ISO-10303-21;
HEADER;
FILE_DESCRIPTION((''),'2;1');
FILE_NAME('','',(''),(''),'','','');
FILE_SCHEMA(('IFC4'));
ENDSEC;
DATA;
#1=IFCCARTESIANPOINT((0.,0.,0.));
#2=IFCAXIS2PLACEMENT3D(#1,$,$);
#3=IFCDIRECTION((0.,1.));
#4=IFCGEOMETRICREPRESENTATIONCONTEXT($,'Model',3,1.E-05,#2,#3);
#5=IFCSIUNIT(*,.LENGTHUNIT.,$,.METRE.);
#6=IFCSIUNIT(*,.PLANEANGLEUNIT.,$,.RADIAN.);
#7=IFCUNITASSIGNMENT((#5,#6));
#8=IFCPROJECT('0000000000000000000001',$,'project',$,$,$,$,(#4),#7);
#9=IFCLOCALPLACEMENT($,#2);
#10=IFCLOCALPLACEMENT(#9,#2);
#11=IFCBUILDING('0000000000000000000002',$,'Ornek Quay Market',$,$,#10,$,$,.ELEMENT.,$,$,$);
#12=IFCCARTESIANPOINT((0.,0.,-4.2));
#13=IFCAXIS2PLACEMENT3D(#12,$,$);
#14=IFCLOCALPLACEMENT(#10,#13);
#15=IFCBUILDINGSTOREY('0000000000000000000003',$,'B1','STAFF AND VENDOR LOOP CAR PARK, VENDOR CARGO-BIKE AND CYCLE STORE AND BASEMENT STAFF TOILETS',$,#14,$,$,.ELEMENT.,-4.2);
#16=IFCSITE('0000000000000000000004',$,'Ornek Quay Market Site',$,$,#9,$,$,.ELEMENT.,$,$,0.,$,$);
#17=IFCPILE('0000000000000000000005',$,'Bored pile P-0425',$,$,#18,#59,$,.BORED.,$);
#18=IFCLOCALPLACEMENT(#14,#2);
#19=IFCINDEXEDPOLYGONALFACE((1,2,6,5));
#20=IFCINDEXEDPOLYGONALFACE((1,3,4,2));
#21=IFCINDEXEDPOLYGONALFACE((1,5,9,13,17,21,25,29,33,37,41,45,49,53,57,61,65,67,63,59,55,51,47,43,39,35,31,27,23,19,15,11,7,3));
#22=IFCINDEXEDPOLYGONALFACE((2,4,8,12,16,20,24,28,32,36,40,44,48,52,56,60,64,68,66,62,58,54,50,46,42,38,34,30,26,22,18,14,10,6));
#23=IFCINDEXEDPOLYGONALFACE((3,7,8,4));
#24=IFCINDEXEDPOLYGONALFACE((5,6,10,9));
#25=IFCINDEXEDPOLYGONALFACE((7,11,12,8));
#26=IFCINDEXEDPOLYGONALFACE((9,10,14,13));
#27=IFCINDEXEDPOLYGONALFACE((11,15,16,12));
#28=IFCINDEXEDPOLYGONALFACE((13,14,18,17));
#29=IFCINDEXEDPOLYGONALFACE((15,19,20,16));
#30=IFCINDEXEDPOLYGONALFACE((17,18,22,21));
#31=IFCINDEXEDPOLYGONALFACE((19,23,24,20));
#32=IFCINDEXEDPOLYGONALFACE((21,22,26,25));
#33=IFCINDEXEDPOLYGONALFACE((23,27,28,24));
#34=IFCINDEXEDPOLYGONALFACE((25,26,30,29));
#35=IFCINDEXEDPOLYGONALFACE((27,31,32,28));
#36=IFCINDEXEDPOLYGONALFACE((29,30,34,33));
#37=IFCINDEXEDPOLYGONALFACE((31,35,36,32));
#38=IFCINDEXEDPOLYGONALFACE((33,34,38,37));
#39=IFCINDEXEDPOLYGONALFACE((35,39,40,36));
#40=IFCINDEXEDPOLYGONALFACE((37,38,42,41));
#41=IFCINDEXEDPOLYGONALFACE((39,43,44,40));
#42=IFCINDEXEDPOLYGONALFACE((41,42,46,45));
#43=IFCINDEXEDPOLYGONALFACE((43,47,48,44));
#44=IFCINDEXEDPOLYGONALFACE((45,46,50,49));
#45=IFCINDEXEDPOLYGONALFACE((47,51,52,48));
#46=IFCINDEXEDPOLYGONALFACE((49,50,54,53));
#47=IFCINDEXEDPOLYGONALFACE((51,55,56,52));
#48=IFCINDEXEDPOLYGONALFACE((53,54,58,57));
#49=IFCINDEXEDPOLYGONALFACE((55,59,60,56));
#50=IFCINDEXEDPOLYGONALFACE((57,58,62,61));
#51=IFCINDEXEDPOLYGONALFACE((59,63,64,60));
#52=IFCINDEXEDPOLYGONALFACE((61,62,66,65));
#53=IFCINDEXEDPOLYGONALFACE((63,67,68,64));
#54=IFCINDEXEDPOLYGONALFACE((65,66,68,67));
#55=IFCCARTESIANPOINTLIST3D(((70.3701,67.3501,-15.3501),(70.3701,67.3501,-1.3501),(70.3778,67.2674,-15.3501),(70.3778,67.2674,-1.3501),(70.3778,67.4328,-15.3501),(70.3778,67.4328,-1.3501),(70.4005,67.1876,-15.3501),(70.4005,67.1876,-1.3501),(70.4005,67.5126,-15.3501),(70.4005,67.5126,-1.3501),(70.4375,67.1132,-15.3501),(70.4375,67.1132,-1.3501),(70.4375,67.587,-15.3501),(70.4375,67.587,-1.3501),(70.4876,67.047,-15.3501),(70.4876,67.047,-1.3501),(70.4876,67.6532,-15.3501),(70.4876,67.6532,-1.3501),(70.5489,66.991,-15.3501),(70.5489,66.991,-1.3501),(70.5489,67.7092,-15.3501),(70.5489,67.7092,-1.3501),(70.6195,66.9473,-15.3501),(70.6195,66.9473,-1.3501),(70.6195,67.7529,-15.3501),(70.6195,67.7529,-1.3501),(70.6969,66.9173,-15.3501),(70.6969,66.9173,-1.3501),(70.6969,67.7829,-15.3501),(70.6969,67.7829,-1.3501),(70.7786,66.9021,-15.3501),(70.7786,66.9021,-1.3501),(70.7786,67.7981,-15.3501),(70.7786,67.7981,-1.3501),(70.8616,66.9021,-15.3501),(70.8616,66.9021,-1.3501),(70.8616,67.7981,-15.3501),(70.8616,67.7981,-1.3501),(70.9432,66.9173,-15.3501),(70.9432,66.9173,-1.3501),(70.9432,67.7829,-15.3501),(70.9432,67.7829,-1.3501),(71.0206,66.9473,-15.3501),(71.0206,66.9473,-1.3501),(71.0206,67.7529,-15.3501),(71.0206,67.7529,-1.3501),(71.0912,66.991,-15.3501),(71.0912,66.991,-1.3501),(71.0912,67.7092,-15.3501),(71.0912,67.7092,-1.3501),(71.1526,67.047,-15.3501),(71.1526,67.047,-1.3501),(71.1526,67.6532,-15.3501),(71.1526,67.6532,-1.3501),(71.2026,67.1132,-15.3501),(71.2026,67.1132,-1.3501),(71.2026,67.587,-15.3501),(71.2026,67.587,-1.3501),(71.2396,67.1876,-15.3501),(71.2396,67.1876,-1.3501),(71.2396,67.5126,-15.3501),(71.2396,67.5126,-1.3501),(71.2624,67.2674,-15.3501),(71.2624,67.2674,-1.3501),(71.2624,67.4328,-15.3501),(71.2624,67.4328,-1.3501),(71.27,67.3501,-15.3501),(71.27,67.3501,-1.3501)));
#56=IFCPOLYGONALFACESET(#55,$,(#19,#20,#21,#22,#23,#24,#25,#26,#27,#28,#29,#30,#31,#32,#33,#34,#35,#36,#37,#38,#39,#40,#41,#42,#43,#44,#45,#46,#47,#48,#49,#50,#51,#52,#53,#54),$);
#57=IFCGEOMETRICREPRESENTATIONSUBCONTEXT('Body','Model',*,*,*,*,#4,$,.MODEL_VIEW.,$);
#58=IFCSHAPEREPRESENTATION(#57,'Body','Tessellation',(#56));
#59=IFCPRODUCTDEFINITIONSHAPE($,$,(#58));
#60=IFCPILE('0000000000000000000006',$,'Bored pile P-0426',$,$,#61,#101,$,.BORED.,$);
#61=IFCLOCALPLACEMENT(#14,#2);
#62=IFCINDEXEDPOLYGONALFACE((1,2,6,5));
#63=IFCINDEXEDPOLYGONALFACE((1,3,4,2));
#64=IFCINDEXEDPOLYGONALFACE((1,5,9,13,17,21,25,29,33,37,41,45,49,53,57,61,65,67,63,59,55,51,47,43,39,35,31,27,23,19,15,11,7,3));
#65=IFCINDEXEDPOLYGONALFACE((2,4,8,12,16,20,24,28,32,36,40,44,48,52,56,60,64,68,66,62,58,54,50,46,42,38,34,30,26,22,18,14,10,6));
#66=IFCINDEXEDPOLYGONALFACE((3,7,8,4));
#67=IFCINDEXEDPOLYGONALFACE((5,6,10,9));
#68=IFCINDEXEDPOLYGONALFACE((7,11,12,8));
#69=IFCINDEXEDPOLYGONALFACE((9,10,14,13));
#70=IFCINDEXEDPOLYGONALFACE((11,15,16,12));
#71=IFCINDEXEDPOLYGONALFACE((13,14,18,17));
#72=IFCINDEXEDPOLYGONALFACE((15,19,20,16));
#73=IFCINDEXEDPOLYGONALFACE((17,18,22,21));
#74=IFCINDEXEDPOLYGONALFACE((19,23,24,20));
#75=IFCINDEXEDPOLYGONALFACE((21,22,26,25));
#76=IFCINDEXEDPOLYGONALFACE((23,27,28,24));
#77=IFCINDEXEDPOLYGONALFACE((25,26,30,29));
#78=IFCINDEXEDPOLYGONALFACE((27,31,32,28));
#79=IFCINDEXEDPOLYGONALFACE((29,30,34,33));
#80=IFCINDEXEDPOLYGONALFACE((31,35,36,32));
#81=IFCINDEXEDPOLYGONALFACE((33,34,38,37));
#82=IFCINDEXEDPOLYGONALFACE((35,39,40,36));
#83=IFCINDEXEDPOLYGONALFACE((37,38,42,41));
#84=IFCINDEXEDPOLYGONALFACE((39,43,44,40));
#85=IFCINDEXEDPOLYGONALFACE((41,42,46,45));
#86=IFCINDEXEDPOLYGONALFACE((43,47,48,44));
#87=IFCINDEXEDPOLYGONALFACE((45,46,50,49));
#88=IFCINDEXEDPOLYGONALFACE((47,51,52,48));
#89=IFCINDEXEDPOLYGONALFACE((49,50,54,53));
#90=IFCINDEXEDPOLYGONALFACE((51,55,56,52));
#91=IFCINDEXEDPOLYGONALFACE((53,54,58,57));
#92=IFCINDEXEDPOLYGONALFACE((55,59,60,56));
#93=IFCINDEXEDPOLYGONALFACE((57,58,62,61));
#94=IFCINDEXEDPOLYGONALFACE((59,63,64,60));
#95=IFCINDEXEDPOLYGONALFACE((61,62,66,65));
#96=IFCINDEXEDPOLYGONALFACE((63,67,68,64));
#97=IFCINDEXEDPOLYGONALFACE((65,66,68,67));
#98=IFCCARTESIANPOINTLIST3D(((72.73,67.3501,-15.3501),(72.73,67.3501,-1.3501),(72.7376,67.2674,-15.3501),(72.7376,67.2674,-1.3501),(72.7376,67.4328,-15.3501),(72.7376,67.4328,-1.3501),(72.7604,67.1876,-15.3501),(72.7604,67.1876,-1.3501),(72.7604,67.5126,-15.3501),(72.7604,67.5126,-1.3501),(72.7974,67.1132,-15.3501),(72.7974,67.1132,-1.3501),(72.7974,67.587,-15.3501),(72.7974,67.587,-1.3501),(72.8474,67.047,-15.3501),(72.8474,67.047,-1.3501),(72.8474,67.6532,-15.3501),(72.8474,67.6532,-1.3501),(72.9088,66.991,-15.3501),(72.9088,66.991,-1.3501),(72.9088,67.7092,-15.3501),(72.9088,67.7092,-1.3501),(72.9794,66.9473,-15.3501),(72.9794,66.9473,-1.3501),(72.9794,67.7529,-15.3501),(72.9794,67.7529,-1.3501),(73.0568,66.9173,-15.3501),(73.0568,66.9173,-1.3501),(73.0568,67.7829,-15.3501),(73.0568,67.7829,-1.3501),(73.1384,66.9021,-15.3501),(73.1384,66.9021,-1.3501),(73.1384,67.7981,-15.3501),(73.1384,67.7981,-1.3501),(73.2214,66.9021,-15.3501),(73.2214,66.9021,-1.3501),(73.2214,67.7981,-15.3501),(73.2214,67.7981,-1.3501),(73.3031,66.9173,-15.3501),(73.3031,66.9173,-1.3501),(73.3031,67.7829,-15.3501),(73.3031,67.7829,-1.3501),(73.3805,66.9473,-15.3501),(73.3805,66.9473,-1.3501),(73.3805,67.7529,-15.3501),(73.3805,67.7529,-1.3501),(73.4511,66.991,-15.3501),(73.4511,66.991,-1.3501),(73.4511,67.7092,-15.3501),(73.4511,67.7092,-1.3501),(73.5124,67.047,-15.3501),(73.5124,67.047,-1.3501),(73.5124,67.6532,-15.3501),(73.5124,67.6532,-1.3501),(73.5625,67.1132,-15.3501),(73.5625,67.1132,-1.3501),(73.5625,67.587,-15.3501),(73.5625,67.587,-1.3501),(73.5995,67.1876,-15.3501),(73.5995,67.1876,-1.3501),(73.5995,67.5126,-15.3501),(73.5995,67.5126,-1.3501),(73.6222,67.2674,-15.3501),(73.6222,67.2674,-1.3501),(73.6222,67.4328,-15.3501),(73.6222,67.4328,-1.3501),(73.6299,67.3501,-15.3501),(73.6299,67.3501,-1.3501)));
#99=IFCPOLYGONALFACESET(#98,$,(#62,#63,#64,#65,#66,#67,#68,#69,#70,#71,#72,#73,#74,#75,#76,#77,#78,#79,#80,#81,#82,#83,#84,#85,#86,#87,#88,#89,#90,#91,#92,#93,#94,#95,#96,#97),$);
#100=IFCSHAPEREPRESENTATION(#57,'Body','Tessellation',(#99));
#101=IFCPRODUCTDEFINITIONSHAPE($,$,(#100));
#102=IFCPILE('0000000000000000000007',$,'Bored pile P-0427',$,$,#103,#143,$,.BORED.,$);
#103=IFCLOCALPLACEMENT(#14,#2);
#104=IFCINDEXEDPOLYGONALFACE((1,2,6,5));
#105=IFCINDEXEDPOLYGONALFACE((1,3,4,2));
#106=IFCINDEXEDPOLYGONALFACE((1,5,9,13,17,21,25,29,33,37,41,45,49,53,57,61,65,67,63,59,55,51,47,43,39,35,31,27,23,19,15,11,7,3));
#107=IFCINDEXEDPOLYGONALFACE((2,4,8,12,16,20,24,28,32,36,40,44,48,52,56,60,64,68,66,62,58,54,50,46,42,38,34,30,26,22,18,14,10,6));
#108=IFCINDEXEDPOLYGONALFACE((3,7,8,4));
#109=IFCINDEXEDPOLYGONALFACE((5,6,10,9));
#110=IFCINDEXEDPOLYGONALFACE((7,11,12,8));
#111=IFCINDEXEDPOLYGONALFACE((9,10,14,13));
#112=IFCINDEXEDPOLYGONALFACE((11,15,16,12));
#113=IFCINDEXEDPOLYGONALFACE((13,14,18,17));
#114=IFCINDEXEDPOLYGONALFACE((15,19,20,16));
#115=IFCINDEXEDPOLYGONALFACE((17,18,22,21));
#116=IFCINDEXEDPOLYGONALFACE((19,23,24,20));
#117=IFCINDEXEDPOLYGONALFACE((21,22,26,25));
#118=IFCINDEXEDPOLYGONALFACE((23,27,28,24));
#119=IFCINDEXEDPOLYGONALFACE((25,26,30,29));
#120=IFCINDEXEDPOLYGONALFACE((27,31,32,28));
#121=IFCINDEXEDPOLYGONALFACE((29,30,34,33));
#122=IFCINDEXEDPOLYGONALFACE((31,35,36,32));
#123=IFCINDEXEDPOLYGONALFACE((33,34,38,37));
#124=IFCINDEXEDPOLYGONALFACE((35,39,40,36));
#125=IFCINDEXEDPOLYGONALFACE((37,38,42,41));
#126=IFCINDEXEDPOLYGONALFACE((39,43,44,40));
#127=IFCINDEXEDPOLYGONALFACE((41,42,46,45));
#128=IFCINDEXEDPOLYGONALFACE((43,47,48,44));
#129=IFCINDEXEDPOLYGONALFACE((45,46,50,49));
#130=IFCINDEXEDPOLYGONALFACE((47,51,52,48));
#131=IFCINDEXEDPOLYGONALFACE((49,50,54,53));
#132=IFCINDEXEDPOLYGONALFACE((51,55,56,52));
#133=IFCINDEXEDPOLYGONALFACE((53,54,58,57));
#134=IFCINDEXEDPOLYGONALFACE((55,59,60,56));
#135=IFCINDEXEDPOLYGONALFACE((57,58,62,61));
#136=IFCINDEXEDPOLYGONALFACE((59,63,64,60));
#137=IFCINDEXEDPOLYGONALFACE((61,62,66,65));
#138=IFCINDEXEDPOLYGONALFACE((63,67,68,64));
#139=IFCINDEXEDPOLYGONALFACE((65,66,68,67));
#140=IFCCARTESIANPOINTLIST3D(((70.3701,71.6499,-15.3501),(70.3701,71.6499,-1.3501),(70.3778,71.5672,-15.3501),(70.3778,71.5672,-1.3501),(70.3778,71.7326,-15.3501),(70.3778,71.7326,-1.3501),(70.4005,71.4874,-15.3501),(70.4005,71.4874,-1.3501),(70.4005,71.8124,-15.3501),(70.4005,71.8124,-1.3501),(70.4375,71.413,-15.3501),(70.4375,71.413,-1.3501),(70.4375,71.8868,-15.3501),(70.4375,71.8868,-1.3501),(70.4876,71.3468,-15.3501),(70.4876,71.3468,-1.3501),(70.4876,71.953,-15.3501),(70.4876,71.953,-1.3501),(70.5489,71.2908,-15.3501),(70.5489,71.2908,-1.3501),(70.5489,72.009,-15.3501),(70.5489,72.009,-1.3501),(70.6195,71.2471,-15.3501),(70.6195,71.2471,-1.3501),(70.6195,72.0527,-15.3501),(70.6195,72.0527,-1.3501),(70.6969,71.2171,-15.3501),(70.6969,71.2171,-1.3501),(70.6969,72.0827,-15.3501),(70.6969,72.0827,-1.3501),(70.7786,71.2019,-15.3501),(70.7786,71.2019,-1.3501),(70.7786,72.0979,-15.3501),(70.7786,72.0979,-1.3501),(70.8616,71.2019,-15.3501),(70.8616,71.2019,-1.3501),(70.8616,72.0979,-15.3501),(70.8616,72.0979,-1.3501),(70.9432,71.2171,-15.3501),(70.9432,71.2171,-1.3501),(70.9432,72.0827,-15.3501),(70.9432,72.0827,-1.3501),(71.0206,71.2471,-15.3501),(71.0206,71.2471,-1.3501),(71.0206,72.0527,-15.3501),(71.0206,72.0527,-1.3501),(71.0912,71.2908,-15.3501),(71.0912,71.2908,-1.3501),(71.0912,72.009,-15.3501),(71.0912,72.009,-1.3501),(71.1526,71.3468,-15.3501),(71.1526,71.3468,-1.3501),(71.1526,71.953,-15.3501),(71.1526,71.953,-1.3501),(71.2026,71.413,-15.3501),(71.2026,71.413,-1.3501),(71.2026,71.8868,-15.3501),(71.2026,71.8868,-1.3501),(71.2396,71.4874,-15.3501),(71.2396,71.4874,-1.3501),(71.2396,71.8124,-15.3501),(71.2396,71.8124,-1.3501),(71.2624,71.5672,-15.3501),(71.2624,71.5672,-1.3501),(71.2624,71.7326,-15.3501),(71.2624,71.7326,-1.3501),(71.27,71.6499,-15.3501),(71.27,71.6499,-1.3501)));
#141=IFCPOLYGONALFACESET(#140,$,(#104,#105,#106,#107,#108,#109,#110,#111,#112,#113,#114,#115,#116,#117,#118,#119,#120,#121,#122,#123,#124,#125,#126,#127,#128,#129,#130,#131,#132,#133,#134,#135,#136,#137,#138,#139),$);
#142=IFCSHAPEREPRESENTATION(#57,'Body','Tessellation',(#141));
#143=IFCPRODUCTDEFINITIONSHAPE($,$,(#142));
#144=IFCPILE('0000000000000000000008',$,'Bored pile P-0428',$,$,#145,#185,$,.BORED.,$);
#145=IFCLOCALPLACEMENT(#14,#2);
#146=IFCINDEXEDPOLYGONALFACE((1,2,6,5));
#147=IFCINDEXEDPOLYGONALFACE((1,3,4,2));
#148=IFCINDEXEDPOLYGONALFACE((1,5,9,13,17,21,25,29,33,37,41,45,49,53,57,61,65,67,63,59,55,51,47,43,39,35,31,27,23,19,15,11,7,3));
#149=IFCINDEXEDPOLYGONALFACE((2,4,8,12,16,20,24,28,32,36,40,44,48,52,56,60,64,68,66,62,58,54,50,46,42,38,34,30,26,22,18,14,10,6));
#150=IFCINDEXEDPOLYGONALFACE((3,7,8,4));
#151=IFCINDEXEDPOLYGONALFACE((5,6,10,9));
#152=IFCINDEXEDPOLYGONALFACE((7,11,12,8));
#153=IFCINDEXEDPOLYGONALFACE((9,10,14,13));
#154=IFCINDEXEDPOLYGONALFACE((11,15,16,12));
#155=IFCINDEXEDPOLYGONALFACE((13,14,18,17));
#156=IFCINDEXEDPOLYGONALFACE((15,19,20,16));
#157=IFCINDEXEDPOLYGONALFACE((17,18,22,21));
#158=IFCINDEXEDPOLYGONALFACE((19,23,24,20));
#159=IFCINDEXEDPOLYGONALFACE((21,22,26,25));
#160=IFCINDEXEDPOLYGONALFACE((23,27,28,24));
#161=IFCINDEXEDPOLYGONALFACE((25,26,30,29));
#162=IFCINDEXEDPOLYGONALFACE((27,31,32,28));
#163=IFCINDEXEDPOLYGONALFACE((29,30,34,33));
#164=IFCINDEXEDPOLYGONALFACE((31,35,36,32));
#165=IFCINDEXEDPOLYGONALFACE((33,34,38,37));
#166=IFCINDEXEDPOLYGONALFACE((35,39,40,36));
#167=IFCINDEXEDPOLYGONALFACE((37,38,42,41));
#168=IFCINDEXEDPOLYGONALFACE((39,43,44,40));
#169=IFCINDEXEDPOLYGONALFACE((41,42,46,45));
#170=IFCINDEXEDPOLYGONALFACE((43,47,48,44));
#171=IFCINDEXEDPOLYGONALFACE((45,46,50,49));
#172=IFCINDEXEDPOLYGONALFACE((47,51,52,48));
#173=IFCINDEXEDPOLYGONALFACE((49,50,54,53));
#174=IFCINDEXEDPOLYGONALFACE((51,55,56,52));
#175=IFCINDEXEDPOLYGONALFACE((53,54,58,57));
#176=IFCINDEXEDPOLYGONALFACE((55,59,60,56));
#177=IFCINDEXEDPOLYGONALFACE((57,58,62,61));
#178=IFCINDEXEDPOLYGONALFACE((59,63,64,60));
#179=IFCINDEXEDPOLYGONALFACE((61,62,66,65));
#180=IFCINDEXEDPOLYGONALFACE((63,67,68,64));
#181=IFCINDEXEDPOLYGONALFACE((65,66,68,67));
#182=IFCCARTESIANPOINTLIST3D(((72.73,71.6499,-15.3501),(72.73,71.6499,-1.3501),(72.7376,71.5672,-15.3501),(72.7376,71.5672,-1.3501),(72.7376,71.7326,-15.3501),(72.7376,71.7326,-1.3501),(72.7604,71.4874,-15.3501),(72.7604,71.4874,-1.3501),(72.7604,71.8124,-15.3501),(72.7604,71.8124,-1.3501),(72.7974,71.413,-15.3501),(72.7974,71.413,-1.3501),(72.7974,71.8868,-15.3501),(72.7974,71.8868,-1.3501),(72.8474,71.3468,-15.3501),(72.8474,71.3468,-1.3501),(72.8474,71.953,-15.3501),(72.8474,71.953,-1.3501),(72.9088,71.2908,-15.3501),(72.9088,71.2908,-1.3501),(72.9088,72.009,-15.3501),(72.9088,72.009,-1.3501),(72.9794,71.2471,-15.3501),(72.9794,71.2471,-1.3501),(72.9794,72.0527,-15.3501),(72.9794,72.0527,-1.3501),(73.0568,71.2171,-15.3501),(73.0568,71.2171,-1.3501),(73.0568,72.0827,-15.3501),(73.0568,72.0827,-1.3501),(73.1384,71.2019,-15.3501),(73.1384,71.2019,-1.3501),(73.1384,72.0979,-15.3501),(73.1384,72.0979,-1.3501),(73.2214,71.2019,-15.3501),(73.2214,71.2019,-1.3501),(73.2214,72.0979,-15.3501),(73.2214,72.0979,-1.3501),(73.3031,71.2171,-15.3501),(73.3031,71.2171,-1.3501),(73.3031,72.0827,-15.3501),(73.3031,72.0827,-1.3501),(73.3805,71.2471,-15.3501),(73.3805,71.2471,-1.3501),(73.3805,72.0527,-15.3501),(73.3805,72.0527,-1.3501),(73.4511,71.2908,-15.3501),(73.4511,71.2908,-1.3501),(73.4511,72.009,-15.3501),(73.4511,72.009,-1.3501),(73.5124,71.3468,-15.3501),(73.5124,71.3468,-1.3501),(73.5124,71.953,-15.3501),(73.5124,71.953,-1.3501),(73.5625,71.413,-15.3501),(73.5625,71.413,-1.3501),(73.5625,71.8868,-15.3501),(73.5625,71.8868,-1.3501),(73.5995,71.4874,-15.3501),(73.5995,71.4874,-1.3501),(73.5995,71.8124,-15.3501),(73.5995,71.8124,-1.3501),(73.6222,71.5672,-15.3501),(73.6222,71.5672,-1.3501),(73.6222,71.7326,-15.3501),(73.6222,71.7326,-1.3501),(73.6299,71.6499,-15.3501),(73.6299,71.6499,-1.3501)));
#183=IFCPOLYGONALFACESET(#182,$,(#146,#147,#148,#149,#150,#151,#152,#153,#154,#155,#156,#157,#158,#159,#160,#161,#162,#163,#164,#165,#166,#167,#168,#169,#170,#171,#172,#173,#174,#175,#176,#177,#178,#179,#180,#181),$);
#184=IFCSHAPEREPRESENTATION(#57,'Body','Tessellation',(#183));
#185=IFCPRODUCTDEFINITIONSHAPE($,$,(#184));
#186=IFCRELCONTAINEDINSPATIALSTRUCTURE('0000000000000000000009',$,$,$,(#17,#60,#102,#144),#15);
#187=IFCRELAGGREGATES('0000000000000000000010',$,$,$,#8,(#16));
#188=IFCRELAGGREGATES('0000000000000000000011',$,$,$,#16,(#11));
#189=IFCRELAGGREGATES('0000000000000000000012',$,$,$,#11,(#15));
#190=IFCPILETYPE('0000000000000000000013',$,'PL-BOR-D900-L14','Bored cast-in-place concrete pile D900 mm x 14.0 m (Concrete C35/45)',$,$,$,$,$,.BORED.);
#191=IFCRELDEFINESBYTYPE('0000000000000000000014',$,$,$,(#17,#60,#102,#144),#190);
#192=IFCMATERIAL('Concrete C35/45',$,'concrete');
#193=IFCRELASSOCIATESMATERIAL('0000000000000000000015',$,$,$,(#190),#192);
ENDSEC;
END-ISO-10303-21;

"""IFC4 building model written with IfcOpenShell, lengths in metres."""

from ifc_helpers import new_model, si_unit, direction, frame, origin, origin_2d, place, context, subcontext, project, spatial, circle, extrude, material, material_profile, profile_set, type_object, element, save


model = new_model("IFC4")

# Units and contexts
model_context = context("Model", 3, precision=1e-05, world=origin(), true_north=direction((0.0, 1.0)))
body_context = subcontext(model_context, "Body", "Model", "MODEL_VIEW")
ifc_project = project(units=[si_unit("LENGTHUNIT", "METRE"), si_unit("PLANEANGLEUNIT", "RADIAN")], contexts=[model_context])

# Site, building, storey
site_placement = place(None, origin())
site = spatial("IfcSite", under=ifc_project, at=site_placement, Name="Ornek Quay Market Site", CompositionType="ELEMENT", RefElevation=0.0)
building_placement = place(site_placement, origin())
building = spatial("IfcBuilding", under=site, at=building_placement, Name="Ornek Quay Market", CompositionType="ELEMENT")
storey_placement = place(building_placement, frame((0.0, 0.0, -4.2)))
storey = spatial("IfcBuildingStorey", under=building, at=storey_placement, Name="B1", Description="STAFF AND VENDOR LOOP CAR PARK, VENDOR CARGO-BIKE AND CYCLE STORE AND BASEMENT STAFF TOILETS", CompositionType="ELEMENT", Elevation=-4.2)

# Piles
ifc_material_1 = material(Name="Concrete C35/45", Category="concrete")
ifc_material_profile_1 = material_profile(ifc_material_1, circle(Radius=0.45, at=origin_2d()), Name="PILE D900", Category="concrete")
ifc_profile_set_1 = profile_set([ifc_material_profile_1], Name="Concrete C35/45")
pile_type = type_object("IfcPileType", Name="PL-BOR-D900-L14", Description="Bored cast-in-place concrete pile D900 mm x 14.0 m (Concrete C35/45)", PredefinedType="BORED", material=ifc_profile_set_1)
for number, where, z_axis, x_axis, name in (
    (1, (70.8201, 67.3501, -1.3501), (0.0, 0.0, -1.0), (1.0, 0.0, 0.0), "Bored pile P-0425"),
    (2, (73.1799, 67.3501, -1.3501), (0.0, 0.0, -1.0), (1.0, 0.0, 0.0), "Bored pile P-0426"),
    (3, (70.8201, 71.6499, -1.3501), (0.0, 0.0, -1.0), (1.0, 0.0, 0.0), "Bored pile P-0427"),
    (4, (73.1799, 71.6499, -1.3501), (0.0, 0.0, -1.0), (1.0, 0.0, 0.0), "Bored pile P-0428"),
):
    element("IfcPile", number, at=place(storey_placement, frame(where, z_axis=z_axis, x_axis=x_axis)), inside=storey, type_object=pile_type, Name=name, PredefinedType="BORED", context=body_context, shape_type="SweptSolid", body=[
        extrude(circle(Radius=0.45, at=origin_2d()), origin(), (0.0, 0.0, 1.0), 14.0),
    ])

save(model, "model.ifc")
